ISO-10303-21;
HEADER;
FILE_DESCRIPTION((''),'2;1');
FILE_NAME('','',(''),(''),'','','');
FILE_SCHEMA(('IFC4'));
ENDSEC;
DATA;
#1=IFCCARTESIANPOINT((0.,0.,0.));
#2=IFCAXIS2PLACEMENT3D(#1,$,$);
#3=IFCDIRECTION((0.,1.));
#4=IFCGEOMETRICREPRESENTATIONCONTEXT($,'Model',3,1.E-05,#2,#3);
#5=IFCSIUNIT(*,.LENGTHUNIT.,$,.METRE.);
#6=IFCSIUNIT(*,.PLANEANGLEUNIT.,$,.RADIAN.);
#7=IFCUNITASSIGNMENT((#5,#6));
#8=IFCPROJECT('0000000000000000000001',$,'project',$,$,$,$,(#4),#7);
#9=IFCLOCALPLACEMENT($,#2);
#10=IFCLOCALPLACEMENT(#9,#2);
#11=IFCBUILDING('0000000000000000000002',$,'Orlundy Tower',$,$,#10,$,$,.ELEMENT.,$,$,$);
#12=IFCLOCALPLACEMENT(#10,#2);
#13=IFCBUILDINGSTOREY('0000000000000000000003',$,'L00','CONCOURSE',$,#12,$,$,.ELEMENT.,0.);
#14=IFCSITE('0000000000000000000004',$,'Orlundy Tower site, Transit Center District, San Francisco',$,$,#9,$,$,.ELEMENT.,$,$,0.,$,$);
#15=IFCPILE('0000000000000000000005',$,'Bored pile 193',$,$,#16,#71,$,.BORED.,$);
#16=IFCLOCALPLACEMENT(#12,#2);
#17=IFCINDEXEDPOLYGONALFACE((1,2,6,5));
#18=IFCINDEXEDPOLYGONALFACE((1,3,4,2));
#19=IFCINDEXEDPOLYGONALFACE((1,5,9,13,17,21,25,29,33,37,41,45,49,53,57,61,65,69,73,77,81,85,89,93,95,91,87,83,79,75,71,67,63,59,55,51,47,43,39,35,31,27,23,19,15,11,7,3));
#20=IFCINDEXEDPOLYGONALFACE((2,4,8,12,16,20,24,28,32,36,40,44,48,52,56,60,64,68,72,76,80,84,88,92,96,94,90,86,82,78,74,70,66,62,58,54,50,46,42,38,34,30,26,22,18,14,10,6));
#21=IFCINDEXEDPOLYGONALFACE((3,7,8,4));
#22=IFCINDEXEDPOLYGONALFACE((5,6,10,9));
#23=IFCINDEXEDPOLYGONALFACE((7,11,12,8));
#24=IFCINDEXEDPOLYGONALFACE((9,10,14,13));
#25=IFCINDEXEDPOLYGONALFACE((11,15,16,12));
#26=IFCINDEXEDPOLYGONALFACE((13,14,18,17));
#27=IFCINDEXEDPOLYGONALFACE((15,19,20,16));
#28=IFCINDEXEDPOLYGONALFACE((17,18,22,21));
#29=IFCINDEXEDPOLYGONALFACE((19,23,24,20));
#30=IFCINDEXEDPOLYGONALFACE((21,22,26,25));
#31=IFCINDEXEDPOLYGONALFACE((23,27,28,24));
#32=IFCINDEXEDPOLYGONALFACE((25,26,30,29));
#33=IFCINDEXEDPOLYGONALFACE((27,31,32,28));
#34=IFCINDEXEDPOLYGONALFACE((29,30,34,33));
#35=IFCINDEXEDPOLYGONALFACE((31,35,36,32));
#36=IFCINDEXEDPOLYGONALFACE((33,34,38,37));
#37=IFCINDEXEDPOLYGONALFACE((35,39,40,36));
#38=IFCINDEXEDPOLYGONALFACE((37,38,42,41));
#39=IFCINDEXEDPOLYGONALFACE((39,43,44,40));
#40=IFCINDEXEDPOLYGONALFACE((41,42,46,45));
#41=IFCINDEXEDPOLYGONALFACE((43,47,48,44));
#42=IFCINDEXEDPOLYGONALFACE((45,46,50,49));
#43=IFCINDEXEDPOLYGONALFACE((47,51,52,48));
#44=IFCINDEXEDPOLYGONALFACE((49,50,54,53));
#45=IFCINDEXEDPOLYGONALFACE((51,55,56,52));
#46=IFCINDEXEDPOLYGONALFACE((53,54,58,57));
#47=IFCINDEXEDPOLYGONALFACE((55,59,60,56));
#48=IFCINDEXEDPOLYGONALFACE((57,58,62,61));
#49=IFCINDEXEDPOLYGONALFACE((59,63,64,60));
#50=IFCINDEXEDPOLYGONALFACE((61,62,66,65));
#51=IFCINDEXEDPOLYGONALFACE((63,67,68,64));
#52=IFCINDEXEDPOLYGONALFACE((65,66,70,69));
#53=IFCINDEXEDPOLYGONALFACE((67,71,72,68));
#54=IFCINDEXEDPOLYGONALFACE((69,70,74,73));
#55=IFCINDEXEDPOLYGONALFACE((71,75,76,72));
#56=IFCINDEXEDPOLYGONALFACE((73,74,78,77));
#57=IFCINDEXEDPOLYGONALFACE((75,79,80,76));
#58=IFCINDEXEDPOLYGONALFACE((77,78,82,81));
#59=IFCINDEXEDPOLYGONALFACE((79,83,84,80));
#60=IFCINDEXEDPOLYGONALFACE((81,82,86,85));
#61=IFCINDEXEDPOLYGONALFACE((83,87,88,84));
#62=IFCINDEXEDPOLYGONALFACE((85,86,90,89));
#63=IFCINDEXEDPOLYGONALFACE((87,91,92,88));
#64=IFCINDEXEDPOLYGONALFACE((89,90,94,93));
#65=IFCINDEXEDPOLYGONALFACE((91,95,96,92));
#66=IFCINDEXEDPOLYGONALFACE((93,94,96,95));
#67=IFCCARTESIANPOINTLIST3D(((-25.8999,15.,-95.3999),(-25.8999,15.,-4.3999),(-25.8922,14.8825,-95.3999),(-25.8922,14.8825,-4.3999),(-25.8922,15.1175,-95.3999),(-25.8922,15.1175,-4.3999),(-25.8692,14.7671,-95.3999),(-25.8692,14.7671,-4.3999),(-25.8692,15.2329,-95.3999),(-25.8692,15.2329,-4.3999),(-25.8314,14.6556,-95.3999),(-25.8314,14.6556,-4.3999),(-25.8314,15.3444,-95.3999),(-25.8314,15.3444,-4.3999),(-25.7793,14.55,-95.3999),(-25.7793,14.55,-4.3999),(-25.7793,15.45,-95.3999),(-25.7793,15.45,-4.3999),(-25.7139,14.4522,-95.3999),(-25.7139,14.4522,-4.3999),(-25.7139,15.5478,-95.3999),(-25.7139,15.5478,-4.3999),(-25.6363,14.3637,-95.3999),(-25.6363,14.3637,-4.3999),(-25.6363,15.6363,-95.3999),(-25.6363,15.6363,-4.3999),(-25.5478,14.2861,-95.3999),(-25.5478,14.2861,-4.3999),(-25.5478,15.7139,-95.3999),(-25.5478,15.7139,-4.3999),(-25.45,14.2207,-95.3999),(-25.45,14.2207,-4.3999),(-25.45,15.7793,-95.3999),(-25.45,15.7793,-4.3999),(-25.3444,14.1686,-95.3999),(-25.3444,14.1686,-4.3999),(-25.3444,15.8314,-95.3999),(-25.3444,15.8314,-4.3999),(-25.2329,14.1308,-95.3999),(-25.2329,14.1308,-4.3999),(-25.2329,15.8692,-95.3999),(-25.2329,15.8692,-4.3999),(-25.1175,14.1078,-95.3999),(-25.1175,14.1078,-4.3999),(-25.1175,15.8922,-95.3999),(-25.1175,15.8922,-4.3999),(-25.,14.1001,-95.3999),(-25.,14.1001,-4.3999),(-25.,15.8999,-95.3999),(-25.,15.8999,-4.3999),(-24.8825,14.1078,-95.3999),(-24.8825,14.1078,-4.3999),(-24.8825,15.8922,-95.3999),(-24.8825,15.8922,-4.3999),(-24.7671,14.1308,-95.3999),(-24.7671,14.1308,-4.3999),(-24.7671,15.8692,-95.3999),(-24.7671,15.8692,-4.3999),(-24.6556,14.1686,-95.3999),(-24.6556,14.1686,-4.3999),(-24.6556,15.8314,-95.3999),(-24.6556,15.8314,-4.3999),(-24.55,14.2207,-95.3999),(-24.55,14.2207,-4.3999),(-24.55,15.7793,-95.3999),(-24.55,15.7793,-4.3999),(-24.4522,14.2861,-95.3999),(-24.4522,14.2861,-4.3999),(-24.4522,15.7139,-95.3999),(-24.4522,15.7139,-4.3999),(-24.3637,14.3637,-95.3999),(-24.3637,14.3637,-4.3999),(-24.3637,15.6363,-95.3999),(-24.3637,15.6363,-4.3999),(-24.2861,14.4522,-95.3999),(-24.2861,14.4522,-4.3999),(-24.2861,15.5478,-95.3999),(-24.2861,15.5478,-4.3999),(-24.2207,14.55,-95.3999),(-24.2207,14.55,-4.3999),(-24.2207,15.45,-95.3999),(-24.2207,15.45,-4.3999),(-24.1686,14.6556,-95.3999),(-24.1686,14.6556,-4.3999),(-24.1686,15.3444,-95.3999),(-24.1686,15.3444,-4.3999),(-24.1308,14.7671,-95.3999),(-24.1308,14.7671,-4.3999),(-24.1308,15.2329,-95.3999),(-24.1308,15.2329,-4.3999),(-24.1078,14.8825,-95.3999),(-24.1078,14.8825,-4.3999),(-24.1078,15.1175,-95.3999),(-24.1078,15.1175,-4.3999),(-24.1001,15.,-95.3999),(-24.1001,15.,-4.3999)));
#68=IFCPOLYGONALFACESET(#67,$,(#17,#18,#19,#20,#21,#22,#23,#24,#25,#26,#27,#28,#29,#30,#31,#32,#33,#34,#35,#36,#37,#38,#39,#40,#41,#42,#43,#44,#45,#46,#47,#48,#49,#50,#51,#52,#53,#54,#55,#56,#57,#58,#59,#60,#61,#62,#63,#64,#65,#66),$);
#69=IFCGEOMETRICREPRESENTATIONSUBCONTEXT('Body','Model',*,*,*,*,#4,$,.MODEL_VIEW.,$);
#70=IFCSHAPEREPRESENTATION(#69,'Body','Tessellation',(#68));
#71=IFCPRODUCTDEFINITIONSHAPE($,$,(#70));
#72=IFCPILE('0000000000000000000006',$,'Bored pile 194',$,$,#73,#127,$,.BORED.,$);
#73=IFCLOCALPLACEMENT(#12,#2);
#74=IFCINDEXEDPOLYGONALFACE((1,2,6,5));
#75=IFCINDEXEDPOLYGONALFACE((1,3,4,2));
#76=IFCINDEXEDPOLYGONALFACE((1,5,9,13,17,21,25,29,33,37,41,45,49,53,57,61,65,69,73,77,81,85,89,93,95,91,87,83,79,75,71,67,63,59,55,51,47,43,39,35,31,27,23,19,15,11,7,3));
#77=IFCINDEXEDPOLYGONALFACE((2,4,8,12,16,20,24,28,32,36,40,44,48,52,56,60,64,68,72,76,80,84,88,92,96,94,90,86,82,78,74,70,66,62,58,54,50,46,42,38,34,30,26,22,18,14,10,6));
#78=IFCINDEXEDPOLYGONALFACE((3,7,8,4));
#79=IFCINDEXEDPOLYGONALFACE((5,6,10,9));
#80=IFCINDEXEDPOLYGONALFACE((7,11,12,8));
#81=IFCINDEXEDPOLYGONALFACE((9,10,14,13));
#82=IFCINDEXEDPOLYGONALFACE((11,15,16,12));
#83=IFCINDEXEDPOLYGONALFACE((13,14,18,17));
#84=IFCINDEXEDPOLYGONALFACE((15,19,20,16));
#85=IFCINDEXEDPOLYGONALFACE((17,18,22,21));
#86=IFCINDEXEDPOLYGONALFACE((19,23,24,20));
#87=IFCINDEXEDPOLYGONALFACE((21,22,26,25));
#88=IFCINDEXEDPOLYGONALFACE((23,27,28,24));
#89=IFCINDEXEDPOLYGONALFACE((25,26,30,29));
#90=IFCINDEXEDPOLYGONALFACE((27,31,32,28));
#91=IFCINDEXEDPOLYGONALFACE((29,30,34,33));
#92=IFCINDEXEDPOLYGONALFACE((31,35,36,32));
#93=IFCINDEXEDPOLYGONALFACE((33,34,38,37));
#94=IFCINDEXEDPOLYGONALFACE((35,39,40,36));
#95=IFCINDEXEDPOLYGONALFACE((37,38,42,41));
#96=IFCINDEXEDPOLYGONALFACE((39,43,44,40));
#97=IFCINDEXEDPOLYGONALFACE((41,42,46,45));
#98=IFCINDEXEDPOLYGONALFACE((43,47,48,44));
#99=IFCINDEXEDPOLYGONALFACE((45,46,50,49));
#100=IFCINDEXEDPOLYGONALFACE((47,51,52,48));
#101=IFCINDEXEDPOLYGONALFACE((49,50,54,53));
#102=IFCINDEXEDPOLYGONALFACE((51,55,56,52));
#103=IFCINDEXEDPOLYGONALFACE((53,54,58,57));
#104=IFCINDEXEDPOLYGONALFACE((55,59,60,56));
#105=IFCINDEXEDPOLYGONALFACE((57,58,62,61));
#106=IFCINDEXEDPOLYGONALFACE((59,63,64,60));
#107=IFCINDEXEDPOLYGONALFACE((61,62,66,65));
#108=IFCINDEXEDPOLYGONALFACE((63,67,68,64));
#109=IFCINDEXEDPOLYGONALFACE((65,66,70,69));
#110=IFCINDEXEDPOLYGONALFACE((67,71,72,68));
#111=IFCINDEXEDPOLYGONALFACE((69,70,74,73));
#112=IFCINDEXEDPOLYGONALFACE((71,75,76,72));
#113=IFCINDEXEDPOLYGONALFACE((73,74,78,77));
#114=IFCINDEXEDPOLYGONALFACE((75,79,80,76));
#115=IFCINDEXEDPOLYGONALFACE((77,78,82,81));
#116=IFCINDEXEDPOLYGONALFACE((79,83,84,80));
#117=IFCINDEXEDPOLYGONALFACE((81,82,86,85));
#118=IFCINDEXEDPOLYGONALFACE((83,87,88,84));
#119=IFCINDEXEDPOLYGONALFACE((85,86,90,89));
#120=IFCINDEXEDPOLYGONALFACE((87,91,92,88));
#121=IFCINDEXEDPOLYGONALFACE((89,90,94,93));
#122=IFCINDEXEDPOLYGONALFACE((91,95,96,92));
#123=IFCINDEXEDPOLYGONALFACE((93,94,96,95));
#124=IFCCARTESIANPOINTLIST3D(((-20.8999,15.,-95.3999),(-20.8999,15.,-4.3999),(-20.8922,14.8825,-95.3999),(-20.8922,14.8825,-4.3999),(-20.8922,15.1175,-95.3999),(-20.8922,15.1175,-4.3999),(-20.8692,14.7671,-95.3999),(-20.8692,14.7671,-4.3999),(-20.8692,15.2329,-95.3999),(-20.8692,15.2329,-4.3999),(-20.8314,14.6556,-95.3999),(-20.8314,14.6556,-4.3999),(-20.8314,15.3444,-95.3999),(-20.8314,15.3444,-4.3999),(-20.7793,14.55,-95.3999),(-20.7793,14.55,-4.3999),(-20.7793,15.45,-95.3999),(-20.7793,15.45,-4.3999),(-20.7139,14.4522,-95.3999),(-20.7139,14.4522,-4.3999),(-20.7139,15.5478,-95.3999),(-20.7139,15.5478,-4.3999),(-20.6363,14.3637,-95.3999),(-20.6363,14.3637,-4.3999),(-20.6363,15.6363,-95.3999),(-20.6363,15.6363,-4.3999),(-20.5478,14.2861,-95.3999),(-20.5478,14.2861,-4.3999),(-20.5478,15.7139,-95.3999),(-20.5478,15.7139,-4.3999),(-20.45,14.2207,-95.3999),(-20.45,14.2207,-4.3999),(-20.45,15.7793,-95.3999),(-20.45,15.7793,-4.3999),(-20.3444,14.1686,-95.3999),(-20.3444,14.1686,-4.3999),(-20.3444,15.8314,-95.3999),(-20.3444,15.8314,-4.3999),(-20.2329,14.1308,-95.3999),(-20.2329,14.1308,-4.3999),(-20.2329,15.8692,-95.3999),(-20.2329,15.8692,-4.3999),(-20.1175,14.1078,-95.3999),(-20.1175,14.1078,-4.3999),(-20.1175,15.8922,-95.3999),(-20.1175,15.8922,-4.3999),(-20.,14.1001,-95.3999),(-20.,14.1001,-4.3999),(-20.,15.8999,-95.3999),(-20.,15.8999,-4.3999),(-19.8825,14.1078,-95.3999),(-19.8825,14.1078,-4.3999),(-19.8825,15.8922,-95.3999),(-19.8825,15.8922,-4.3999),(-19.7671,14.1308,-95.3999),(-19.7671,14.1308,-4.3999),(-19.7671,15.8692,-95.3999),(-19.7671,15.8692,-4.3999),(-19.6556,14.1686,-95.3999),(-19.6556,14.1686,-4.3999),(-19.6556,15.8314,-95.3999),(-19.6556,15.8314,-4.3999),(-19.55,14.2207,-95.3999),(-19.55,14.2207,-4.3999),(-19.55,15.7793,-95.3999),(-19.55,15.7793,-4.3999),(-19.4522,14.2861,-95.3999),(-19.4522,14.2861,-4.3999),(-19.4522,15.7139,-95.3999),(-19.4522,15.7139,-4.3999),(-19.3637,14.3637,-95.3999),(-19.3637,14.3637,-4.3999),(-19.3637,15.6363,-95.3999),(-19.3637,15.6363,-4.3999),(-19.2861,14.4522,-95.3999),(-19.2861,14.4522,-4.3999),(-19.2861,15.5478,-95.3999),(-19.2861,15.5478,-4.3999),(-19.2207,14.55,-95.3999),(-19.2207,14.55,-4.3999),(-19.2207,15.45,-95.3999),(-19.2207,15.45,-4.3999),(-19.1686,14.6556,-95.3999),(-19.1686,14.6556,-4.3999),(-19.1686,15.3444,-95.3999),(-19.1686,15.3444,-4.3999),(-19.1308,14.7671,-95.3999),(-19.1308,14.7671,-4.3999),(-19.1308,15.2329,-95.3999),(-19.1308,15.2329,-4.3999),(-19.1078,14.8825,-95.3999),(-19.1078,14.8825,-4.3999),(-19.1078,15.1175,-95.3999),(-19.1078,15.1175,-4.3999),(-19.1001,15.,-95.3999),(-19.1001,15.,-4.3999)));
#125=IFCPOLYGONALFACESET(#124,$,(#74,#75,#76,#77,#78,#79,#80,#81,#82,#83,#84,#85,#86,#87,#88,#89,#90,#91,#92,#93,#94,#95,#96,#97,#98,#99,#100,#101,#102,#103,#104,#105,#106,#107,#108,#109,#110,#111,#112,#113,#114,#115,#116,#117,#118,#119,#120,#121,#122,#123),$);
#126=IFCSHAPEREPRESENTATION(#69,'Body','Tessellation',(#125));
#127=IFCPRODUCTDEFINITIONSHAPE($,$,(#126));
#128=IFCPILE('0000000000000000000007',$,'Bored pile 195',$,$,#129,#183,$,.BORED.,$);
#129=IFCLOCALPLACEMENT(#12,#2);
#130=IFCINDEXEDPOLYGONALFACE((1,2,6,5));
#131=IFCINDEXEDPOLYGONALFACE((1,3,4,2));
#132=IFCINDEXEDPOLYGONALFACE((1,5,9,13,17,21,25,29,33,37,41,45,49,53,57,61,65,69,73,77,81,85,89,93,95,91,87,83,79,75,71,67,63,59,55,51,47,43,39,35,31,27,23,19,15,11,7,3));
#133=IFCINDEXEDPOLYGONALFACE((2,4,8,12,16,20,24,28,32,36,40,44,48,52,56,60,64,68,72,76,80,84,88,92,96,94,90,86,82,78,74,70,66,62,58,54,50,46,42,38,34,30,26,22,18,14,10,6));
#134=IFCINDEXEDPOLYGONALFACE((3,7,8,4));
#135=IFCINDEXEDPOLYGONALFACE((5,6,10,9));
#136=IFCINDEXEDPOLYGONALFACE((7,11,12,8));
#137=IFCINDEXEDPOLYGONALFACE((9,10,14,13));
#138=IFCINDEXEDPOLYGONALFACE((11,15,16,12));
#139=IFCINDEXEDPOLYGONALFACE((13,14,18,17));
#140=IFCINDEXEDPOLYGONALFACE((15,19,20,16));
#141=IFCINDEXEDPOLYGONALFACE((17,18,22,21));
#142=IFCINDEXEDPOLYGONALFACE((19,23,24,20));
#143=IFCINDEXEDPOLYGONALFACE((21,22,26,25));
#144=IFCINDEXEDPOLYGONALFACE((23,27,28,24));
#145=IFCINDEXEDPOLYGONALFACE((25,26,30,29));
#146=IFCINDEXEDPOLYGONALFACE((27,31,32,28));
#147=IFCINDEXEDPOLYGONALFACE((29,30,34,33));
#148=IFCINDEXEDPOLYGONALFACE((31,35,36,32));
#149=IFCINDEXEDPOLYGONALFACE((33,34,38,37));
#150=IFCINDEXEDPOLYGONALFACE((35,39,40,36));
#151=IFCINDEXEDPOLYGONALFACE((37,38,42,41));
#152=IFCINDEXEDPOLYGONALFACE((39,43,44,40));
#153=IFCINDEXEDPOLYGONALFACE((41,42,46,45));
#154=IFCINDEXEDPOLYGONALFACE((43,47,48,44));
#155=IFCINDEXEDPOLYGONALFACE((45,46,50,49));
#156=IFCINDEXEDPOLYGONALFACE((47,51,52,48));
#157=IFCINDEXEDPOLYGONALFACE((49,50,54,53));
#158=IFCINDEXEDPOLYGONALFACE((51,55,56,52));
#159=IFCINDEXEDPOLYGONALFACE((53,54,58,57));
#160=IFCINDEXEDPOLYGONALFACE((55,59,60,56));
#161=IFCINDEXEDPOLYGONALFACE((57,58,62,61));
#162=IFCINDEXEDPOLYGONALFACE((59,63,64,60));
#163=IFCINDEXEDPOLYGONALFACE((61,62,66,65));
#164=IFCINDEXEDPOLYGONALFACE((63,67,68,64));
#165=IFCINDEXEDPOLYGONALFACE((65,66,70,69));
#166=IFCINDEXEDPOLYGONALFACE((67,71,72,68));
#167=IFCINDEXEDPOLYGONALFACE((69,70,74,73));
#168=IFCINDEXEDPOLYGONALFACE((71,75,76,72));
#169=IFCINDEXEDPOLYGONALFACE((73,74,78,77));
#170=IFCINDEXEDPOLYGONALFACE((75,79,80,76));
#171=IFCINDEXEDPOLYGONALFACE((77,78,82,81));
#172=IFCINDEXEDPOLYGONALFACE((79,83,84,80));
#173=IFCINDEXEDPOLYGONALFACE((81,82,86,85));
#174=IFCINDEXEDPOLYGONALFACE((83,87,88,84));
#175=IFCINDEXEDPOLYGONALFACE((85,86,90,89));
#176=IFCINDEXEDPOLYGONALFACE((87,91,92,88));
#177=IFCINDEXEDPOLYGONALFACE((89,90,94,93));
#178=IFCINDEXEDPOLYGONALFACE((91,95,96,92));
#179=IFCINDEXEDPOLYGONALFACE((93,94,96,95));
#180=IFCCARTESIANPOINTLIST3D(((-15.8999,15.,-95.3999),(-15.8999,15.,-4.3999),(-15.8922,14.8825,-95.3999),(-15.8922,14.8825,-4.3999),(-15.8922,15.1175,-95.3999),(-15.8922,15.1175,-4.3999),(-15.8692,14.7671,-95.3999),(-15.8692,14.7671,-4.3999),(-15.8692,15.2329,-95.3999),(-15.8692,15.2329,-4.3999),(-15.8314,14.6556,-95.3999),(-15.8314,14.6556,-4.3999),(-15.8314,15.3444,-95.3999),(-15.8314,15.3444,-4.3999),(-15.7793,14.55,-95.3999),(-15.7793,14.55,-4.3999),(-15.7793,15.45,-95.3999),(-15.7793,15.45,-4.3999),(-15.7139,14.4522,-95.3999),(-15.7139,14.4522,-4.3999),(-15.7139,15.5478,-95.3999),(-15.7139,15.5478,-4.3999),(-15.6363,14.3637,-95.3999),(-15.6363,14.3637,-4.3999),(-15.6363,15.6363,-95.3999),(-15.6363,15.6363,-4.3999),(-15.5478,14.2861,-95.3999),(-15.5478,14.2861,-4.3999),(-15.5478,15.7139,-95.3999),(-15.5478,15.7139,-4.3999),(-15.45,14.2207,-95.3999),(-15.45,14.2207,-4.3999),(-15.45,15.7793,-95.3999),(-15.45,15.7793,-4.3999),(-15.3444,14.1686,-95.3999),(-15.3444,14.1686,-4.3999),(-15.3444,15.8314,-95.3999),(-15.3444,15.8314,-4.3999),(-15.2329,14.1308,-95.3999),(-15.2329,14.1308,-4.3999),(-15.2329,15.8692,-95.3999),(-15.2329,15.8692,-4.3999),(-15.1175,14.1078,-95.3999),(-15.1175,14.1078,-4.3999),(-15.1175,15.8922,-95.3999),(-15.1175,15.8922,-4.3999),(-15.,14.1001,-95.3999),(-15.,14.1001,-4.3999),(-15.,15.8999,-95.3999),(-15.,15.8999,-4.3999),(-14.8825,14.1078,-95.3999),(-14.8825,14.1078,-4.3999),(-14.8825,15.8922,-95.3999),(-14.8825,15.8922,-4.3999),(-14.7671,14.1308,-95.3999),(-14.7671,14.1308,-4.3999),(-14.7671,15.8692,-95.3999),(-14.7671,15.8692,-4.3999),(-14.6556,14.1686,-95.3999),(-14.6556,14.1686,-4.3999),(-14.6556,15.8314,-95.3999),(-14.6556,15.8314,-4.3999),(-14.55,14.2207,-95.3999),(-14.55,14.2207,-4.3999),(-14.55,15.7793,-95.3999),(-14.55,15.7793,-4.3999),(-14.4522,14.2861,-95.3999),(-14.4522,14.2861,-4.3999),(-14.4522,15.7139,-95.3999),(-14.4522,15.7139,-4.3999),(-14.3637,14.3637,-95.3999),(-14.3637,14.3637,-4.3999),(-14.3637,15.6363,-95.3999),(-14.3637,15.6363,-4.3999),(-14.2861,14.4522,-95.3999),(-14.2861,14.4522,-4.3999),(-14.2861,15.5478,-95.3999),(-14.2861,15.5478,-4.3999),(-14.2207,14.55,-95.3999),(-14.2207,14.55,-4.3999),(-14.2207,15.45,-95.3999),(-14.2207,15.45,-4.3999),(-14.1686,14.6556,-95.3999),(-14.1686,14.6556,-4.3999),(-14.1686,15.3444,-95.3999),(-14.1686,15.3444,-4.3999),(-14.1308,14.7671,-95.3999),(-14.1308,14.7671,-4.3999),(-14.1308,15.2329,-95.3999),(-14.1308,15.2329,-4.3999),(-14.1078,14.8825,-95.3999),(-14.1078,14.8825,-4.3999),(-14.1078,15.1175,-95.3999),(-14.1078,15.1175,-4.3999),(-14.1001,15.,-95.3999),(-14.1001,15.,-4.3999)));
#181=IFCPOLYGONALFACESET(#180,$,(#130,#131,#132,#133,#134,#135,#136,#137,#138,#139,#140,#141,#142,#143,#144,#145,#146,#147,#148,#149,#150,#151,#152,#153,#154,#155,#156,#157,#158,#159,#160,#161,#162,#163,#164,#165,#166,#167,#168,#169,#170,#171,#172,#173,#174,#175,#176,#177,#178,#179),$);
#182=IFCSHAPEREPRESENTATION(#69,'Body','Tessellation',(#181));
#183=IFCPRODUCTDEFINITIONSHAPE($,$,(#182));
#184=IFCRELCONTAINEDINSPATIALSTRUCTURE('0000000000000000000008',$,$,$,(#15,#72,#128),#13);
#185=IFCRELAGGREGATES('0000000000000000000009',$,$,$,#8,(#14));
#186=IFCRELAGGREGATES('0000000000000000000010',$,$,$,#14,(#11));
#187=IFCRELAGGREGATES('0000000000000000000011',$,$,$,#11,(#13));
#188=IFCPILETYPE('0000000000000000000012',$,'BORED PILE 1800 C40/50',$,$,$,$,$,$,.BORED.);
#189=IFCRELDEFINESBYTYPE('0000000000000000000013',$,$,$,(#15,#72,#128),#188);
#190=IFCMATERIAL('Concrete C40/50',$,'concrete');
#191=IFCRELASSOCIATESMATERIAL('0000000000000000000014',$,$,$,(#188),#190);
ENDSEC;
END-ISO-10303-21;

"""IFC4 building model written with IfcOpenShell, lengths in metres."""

from ifc_helpers import new_model, si_unit, direction, frame, origin, origin_2d, place, context, subcontext, project, spatial, circle, extrude, material, material_profile, profile_set, type_object, element, save


model = new_model("IFC4")

# Units and contexts
model_context = context("Model", 3, precision=1e-05, world=origin(), true_north=direction((0.0, 1.0)))
body_context = subcontext(model_context, "Body", "Model", "MODEL_VIEW")
ifc_project = project(units=[si_unit("LENGTHUNIT", "METRE"), si_unit("PLANEANGLEUNIT", "RADIAN")], contexts=[model_context])

# Site, building, storey
site_placement = place(None, origin())
site = spatial("IfcSite", under=ifc_project, at=site_placement, Name="Orlundy Tower site, Transit Center District, San Francisco", CompositionType="ELEMENT", RefElevation=0.0)
building_placement = place(site_placement, origin())
building = spatial("IfcBuilding", under=site, at=building_placement, Name="Orlundy Tower", CompositionType="ELEMENT")
storey_placement = place(building_placement, origin())
storey = spatial("IfcBuildingStorey", under=building, at=storey_placement, Name="L00", Description="CONCOURSE", CompositionType="ELEMENT", Elevation=0.0)

# Piles
ifc_material_1 = material(Name="Concrete C40/50", Category="concrete")
ifc_material_profile_1 = material_profile(ifc_material_1, circle(Radius=0.8999, at=origin_2d()), Name="BP1800")
ifc_profile_set_1 = profile_set([ifc_material_profile_1], Name="Concrete C40/50")
pile_type = type_object("IfcPileType", Name="BORED PILE 1800 C40/50", PredefinedType="BORED", material=ifc_profile_set_1)
for number, where, z_axis, x_axis, name in (
    (1, (-25.0, 15.0, -4.3999), (0.0, 0.0, -1.0), (1.0, 0.0, 0.0), "Bored pile 193"),
    (2, (-20.0, 15.0, -4.3999), (0.0, 0.0, -1.0), (1.0, 0.0, 0.0), "Bored pile 194"),
    (3, (-15.0, 15.0, -4.3999), (0.0, 0.0, -1.0), (1.0, 0.0, 0.0), "Bored pile 195"),
):
    element("IfcPile", number, at=place(storey_placement, frame(where, z_axis=z_axis, x_axis=x_axis)), inside=storey, type_object=pile_type, Name=name, PredefinedType="BORED", context=body_context, shape_type="SweptSolid", body=[
        extrude(circle(Radius=0.8999, at=origin_2d()), origin(), (0.0, 0.0, 1.0), 91.0),
    ])

save(model, "model.ifc")
